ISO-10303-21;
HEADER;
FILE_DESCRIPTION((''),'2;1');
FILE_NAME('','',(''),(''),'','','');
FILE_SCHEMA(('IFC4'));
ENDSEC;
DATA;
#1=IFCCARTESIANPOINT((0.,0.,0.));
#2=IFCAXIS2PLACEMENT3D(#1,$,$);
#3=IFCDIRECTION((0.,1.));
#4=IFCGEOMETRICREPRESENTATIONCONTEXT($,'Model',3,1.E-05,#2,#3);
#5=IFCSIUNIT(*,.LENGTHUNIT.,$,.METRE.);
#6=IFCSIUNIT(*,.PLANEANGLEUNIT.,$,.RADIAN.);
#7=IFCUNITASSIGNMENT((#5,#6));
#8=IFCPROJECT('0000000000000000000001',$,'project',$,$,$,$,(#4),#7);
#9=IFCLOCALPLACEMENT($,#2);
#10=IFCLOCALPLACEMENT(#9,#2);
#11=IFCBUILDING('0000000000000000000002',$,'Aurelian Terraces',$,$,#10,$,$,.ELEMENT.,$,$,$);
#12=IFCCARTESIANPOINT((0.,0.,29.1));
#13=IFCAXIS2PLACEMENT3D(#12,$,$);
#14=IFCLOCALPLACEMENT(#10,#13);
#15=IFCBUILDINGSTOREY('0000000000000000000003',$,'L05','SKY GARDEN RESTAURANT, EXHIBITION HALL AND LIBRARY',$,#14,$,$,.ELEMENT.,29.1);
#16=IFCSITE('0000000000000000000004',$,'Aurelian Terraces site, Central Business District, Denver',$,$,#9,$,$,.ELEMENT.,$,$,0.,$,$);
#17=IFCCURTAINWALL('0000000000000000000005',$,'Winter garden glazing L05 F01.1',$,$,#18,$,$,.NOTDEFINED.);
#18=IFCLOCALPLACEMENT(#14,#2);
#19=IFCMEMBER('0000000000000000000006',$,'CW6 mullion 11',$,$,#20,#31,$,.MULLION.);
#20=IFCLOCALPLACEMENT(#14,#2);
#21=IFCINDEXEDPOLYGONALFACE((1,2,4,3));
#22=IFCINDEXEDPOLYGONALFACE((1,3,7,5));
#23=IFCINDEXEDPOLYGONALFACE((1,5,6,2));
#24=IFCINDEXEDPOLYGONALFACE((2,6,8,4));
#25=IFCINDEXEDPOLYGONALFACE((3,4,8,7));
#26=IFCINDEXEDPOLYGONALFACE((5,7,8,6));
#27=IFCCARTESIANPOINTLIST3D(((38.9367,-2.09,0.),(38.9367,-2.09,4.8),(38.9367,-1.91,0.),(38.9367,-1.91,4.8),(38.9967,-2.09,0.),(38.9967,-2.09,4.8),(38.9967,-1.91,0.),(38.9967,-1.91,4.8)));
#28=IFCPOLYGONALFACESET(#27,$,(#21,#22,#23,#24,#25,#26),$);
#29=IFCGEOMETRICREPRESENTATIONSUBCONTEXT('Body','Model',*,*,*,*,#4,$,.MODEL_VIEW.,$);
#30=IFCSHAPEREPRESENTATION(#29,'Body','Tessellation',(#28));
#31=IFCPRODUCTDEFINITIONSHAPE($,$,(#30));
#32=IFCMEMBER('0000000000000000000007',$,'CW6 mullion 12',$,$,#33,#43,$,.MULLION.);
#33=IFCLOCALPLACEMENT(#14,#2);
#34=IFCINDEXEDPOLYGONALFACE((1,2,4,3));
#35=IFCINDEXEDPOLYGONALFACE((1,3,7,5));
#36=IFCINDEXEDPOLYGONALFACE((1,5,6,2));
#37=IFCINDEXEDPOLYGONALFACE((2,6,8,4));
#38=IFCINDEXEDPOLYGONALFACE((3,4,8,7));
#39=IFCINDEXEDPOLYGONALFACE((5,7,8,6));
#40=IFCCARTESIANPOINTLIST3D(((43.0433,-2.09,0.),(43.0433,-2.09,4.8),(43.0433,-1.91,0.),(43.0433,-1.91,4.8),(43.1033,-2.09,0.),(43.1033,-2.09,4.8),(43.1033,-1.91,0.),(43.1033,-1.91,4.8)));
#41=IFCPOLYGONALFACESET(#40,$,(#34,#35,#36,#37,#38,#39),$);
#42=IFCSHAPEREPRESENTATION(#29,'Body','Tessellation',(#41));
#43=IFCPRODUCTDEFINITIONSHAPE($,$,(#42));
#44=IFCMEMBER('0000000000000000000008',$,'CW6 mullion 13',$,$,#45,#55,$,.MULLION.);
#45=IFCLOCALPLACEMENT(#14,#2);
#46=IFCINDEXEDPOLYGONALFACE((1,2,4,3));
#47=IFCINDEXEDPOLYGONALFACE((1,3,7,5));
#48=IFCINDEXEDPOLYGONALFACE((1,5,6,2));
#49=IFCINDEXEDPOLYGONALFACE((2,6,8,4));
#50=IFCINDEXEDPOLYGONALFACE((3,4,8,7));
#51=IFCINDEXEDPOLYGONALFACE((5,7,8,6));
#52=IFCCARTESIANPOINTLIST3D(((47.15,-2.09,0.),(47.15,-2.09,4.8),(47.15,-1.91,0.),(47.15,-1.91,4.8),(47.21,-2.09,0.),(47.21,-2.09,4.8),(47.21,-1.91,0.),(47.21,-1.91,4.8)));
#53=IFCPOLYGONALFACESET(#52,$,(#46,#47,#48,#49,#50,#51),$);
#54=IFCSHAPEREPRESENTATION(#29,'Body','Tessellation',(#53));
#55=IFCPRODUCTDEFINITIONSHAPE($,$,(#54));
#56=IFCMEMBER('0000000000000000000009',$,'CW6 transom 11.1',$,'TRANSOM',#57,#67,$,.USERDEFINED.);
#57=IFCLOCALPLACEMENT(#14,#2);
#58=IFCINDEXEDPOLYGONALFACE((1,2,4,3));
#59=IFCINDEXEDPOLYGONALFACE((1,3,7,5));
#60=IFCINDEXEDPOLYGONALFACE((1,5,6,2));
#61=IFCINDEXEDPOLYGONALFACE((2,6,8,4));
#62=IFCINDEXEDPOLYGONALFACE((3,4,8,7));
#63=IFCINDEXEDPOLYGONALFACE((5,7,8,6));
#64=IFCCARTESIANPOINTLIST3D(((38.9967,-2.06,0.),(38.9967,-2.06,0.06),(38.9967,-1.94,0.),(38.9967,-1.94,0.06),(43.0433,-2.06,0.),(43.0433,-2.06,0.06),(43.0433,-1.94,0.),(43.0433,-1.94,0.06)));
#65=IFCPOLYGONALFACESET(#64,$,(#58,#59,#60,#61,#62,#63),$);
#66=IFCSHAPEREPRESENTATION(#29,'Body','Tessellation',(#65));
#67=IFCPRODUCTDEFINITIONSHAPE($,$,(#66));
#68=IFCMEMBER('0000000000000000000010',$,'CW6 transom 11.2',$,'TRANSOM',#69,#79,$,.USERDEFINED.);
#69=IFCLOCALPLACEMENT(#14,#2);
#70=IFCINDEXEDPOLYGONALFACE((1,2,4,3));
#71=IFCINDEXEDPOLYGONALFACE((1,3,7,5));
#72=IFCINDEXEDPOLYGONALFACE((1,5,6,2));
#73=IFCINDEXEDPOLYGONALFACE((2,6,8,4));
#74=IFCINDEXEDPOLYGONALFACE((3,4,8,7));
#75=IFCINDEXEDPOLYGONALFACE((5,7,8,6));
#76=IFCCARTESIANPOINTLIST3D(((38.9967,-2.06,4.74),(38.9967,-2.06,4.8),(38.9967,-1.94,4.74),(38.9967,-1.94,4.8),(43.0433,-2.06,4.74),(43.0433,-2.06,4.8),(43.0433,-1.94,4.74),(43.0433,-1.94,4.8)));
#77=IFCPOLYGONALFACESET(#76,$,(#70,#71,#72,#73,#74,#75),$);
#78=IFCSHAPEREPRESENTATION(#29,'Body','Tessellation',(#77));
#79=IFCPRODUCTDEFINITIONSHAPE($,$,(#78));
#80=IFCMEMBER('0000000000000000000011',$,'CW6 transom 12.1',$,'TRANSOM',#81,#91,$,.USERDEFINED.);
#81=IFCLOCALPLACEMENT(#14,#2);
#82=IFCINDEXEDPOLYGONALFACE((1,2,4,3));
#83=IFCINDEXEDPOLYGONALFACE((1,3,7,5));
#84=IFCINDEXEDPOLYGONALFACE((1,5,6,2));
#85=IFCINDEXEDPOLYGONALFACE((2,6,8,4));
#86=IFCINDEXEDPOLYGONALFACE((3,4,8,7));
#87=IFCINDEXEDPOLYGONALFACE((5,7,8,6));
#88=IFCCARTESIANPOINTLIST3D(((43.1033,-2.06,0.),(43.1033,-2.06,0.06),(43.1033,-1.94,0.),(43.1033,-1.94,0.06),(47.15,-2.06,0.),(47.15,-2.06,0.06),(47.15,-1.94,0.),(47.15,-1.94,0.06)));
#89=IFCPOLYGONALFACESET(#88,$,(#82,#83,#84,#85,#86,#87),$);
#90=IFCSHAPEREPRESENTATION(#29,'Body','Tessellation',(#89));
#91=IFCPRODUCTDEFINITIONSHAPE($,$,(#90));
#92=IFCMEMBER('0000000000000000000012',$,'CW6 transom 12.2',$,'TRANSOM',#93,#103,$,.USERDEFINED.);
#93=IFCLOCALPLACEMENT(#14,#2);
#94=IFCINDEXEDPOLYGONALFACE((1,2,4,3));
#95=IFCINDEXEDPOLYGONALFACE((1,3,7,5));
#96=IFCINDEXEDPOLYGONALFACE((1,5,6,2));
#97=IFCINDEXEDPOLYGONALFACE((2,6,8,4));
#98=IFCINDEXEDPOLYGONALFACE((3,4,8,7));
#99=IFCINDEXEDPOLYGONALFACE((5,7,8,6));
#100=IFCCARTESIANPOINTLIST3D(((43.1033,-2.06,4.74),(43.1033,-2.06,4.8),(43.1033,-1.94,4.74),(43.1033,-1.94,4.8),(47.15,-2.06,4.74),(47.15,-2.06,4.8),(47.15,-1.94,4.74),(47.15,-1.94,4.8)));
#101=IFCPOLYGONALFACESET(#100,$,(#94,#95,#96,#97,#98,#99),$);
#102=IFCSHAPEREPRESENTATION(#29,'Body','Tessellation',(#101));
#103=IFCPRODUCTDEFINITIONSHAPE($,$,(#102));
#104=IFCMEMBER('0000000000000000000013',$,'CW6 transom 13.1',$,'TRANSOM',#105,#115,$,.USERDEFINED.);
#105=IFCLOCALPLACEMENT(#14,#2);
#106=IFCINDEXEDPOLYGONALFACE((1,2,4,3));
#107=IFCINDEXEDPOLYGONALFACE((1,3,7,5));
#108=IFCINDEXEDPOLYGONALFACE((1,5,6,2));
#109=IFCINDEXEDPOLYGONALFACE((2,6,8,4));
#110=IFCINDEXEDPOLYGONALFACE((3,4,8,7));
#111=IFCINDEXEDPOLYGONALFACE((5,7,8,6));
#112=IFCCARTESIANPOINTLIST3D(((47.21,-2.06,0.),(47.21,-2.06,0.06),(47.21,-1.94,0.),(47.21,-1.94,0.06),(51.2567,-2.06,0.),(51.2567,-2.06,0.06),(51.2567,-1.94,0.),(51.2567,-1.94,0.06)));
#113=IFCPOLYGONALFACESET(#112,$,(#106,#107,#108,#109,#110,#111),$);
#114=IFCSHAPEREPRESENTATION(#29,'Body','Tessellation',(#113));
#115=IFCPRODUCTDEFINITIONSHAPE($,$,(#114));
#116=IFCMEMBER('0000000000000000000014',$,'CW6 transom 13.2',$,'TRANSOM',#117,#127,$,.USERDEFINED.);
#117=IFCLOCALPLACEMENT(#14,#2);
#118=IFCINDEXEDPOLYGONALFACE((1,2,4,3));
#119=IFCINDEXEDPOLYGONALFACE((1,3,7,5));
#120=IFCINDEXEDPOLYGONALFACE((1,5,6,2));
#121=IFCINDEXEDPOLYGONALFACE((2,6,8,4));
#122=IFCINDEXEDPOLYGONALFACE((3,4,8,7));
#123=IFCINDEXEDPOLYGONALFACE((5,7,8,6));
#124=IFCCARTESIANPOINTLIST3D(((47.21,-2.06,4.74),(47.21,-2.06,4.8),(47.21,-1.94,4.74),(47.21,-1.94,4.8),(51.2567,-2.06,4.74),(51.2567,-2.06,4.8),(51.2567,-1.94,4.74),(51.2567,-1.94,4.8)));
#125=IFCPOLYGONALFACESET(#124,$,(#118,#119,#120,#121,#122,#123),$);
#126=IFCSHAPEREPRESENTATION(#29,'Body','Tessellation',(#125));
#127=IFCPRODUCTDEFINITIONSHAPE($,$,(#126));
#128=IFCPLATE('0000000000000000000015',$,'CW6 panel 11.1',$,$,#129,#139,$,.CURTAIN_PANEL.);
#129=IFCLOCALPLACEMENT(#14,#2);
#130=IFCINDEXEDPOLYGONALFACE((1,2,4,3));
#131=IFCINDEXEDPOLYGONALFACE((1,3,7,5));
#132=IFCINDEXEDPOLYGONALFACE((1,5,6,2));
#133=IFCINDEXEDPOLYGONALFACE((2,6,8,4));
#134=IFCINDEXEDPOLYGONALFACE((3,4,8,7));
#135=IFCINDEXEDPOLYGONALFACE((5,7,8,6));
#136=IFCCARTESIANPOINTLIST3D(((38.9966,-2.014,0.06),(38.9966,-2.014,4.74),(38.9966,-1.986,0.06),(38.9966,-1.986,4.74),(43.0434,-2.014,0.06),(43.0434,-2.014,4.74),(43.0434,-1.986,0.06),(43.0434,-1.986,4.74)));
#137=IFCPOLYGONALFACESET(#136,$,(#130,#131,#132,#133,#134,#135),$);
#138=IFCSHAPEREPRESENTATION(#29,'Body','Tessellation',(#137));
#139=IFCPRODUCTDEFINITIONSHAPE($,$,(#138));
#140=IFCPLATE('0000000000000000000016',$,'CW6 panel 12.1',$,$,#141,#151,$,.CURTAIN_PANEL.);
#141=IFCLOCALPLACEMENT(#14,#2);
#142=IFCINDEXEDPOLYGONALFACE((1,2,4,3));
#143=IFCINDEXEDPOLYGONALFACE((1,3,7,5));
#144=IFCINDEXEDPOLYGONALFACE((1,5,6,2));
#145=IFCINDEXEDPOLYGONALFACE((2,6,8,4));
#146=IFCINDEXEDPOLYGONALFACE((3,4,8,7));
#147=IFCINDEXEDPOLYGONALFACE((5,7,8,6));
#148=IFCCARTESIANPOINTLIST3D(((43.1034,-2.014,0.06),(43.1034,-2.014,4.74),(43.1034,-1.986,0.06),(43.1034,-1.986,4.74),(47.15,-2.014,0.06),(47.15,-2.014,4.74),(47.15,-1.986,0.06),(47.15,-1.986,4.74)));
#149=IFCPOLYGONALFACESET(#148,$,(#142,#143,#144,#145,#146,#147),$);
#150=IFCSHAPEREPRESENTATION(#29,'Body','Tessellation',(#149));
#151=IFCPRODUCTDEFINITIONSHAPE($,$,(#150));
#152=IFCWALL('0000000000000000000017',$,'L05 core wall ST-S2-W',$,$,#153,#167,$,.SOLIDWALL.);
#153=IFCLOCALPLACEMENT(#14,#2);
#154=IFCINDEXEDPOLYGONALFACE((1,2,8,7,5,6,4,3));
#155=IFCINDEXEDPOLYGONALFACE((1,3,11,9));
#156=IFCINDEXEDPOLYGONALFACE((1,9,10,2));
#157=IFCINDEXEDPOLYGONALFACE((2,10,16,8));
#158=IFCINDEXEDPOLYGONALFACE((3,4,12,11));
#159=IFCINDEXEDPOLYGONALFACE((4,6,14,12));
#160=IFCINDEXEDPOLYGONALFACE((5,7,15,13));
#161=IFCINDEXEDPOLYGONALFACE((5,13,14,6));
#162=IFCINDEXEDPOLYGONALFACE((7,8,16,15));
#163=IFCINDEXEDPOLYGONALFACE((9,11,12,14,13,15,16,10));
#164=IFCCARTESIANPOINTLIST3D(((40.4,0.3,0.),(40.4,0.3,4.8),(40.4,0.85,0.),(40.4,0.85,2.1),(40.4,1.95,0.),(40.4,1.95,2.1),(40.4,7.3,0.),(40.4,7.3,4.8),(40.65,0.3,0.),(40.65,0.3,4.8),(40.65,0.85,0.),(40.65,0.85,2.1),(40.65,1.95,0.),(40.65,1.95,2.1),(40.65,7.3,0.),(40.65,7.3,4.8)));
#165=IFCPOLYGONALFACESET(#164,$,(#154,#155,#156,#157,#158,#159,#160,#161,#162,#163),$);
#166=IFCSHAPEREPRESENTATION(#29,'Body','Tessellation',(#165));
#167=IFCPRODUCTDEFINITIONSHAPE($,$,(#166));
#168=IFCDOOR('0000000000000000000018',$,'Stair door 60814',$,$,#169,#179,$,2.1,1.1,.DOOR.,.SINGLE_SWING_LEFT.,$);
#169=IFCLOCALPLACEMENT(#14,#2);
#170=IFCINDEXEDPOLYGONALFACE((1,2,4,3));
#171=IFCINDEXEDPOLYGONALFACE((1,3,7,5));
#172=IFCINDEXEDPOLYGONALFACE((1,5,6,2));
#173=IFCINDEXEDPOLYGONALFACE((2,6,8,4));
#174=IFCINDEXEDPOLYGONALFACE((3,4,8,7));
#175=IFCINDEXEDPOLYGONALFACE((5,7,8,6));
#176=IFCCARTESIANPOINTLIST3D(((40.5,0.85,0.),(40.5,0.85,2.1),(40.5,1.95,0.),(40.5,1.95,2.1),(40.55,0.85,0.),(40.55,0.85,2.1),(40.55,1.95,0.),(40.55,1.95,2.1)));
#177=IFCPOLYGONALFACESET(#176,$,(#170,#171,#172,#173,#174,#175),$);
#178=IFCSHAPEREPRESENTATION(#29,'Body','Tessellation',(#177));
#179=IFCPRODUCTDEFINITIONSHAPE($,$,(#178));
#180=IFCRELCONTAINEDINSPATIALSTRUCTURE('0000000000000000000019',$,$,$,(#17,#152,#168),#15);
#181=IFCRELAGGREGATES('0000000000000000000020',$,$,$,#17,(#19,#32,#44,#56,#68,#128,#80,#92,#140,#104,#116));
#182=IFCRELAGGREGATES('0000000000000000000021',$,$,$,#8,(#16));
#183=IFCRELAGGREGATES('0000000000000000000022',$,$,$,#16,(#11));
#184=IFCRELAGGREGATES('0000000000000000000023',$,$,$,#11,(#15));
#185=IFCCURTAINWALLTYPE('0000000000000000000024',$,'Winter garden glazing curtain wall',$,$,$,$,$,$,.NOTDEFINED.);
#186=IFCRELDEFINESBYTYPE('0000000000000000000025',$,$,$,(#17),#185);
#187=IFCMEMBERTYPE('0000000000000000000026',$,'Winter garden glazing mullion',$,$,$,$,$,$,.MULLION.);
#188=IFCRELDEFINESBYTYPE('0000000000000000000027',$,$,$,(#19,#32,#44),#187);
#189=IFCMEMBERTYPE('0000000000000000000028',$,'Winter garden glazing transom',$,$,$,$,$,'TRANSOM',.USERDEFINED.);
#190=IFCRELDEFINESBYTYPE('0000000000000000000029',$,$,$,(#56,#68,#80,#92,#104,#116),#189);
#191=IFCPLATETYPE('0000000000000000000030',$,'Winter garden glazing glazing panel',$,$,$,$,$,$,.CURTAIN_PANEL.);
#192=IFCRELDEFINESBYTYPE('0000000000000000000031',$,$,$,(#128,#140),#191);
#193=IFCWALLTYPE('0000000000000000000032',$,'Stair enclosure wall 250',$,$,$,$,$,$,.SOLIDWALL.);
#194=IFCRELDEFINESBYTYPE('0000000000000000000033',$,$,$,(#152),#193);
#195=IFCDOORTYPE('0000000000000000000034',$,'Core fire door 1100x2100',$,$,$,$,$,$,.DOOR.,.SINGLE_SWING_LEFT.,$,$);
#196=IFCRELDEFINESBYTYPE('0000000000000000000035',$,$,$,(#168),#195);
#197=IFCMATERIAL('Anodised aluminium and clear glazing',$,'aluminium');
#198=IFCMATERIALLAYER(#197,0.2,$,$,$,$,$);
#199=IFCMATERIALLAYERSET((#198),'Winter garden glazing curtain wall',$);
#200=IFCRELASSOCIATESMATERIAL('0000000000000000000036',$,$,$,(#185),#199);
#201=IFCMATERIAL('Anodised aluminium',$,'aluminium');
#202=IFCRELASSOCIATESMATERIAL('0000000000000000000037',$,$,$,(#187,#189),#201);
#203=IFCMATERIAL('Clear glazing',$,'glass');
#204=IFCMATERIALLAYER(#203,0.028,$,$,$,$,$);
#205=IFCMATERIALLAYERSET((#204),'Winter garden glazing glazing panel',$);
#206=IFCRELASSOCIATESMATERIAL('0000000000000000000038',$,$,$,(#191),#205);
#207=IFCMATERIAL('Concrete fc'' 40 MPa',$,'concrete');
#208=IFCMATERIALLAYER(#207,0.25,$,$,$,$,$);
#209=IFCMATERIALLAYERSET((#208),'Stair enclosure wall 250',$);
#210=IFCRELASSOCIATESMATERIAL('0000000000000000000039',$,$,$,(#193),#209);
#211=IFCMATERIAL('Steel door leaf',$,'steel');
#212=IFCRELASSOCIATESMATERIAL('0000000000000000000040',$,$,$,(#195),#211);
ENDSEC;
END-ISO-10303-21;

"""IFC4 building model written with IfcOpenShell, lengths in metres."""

from ifc_helpers import new_model, si_unit, direction, frame, frame_2d, origin, origin_2d, place, context, subcontext, project, spatial, rectangle, extrude, source, transform, mapped, material, layer, layer_set, material_profile, profile_set, type_object, element, fill, aggregate, save


model = new_model("IFC4")

# Units and contexts
model_context = context("Model", 3, precision=1e-05, world=origin(), true_north=direction((0.0, 1.0)))
body_context = subcontext(model_context, "Body", "Model", "MODEL_VIEW")
ifc_project = project(units=[si_unit("LENGTHUNIT", "METRE"), si_unit("PLANEANGLEUNIT", "RADIAN")], contexts=[model_context])

# Site, building, storey
site_placement = place(None, origin())
site = spatial("IfcSite", under=ifc_project, at=site_placement, Name="Aurelian Terraces site, Central Business District, Denver", CompositionType="ELEMENT", RefElevation=0.0)
building_placement = place(site_placement, origin())
building = spatial("IfcBuilding", under=site, at=building_placement, Name="Aurelian Terraces", CompositionType="ELEMENT")
storey_placement = place(building_placement, frame((0.0, 0.0, 29.1)))
storey = spatial("IfcBuildingStorey", under=building, at=storey_placement, Name="L05", Description="SKY GARDEN RESTAURANT, EXHIBITION HALL AND LIBRARY", CompositionType="ELEMENT", Elevation=29.1)

# Curtain wall, members, plates
ifc_material_1 = material(Name="Anodised aluminium and clear glazing", Category="aluminium")
ifc_layer_1 = layer(ifc_material_1, 0.2)
ifc_layer_set_1 = layer_set([ifc_layer_1], Name="Winter garden glazing curtain wall")
curtain_wall_type = type_object("IfcCurtainWallType", Name="Winter garden glazing curtain wall", PredefinedType="NOTDEFINED", material=ifc_layer_set_1)
curtain_wall_placement = place(storey_placement, origin())
curtain_wall = element("IfcCurtainWall", 1, at=curtain_wall_placement, inside=storey, type_object=curtain_wall_type, Name="Winter garden glazing L05 F01.1", PredefinedType="NOTDEFINED")
ifc_material_2 = material(Name="Anodised aluminium", Category="aluminium")
ifc_material_profile_1 = material_profile(ifc_material_2, rectangle(XDim=0.18, YDim=0.06, at=origin_2d()))
ifc_profile_set_1 = profile_set([ifc_material_profile_1], Name="Anodised aluminium")
member_type_1 = type_object("IfcMemberType", Name="Winter garden glazing mullion", PredefinedType="MULLION", material=ifc_profile_set_1)
shared_shape_1 = source(origin(), body_context, "Body", "SweptSolid", [
    extrude(rectangle(XDim=0.18, YDim=0.06, at=origin_2d()), origin(), (0.0, 0.0, 1.0), 4.8),
])
member_1_placement = place(storey_placement, frame((38.9667, -2.0, 0.0), z_axis=(0.0, 0.0, 1.0), x_axis=(0.0, 1.0, 0.0)))
member_1 = element("IfcMember", 2, at=member_1_placement, type_object=member_type_1, Name="CW6 mullion 11", PredefinedType="MULLION", context=body_context, shape_type="MappedRepresentation", body=[
    mapped(shared_shape_1, transform((0.0, 0.0, 0.0), scale=1.0)),
])
member_2_placement = place(storey_placement, frame((43.0733, -2.0, 0.0), z_axis=(0.0, 0.0, 1.0), x_axis=(0.0, 1.0, 0.0)))
member_2 = element("IfcMember", 3, at=member_2_placement, type_object=member_type_1, Name="CW6 mullion 12", PredefinedType="MULLION", context=body_context, shape_type="MappedRepresentation", body=[
    mapped(shared_shape_1, transform((0.0, 0.0, 0.0), scale=1.0)),
])
member_3_placement = place(storey_placement, frame((47.18, -2.0, 0.0), z_axis=(0.0, 0.0, 1.0), x_axis=(0.0, 1.0, 0.0)))
member_3 = element("IfcMember", 4, at=member_3_placement, type_object=member_type_1, Name="CW6 mullion 13", PredefinedType="MULLION", context=body_context, shape_type="MappedRepresentation", body=[
    mapped(shared_shape_1, transform((0.0, 0.0, 0.0), scale=1.0)),
])
ifc_material_profile_2 = material_profile(ifc_material_2, rectangle(XDim=0.12, YDim=0.06, at=origin_2d()))
ifc_profile_set_2 = profile_set([ifc_material_profile_2], Name="Anodised aluminium")
member_type_2 = type_object("IfcMemberType", Name="Winter garden glazing transom", ElementType="TRANSOM", PredefinedType="USERDEFINED", material=ifc_profile_set_2)
shared_shape_2 = source(origin(), body_context, "Body", "SweptSolid", [
    extrude(rectangle(XDim=0.12, YDim=0.06, at=origin_2d()), origin(), (0.0, 0.0, 1.0), 4.0466),
])
member_4_placement = place(storey_placement, frame((38.9967, -2.0, 0.03), z_axis=(1.0, 0.0, 0.0), x_axis=(0.0, 1.0, 0.0)))
member_4 = element("IfcMember", 5, at=member_4_placement, type_object=member_type_2, Name="CW6 transom 11.1", ObjectType="TRANSOM", PredefinedType="USERDEFINED", context=body_context, shape_type="MappedRepresentation", body=[
    mapped(shared_shape_2, transform((0.0, 0.0, 0.0), scale=1.0)),
])
member_5_placement = place(storey_placement, frame((38.9967, -2.0, 4.77), z_axis=(1.0, 0.0, 0.0), x_axis=(0.0, 1.0, 0.0)))
member_5 = element("IfcMember", 6, at=member_5_placement, type_object=member_type_2, Name="CW6 transom 11.2", ObjectType="TRANSOM", PredefinedType="USERDEFINED", context=body_context, shape_type="MappedRepresentation", body=[
    mapped(shared_shape_2, transform((0.0, 0.0, 0.0), scale=1.0)),
])
shared_shape_3 = source(origin(), body_context, "Body", "SweptSolid", [
    extrude(rectangle(XDim=0.12, YDim=0.06, at=origin_2d()), origin(), (0.0, 0.0, 1.0), 4.0467),
])
member_6_placement = place(storey_placement, frame((43.1033, -2.0, 0.03), z_axis=(1.0, 0.0, 0.0), x_axis=(0.0, 1.0, 0.0)))
member_6 = element("IfcMember", 7, at=member_6_placement, type_object=member_type_2, Name="CW6 transom 12.1", ObjectType="TRANSOM", PredefinedType="USERDEFINED", context=body_context, shape_type="MappedRepresentation", body=[
    mapped(shared_shape_3, transform((0.0, 0.0, 0.0), scale=1.0)),
])
member_7_placement = place(storey_placement, frame((43.1033, -2.0, 4.77), z_axis=(1.0, 0.0, 0.0), x_axis=(0.0, 1.0, 0.0)))
member_7 = element("IfcMember", 8, at=member_7_placement, type_object=member_type_2, Name="CW6 transom 12.2", ObjectType="TRANSOM", PredefinedType="USERDEFINED", context=body_context, shape_type="MappedRepresentation", body=[
    mapped(shared_shape_3, transform((0.0, 0.0, 0.0), scale=1.0)),
])
member_8_placement = place(storey_placement, frame((47.21, -2.0, 0.03), z_axis=(1.0, 0.0, 0.0), x_axis=(0.0, 1.0, 0.0)))
member_8 = element("IfcMember", 9, at=member_8_placement, type_object=member_type_2, Name="CW6 transom 13.1", ObjectType="TRANSOM", PredefinedType="USERDEFINED", context=body_context, shape_type="MappedRepresentation", body=[
    mapped(shared_shape_3, transform((0.0, 0.0, 0.0), scale=1.0)),
])
member_9_placement = place(storey_placement, frame((47.21, -2.0, 4.77), z_axis=(1.0, 0.0, 0.0), x_axis=(0.0, 1.0, 0.0)))
member_9 = element("IfcMember", 10, at=member_9_placement, type_object=member_type_2, Name="CW6 transom 13.2", ObjectType="TRANSOM", PredefinedType="USERDEFINED", context=body_context, shape_type="MappedRepresentation", body=[
    mapped(shared_shape_3, transform((0.0, 0.0, 0.0), scale=1.0)),
])
ifc_material_3 = material(Name="Clear glazing", Category="glass")
ifc_layer_2 = layer(ifc_material_3, 0.028)
ifc_layer_set_2 = layer_set([ifc_layer_2], Name="Winter garden glazing glazing panel")
plate_type = type_object("IfcPlateType", Name="Winter garden glazing glazing panel", PredefinedType="CURTAIN_PANEL", material=ifc_layer_set_2)
shared_shape_4 = source(origin(), body_context, "Body", "SweptSolid", [
    extrude(rectangle(XDim=4.0467, YDim=0.028, at=origin_2d()), origin(), (0.0, 0.0, 1.0), 4.68),
])
plate_1_placement = place(storey_placement, frame((41.02, -2.0, 0.06), z_axis=(0.0, 0.0, 1.0), x_axis=(1.0, 0.0, 0.0)))
plate_1 = element("IfcPlate", 11, at=plate_1_placement, type_object=plate_type, Name="CW6 panel 11.1", PredefinedType="CURTAIN_PANEL", context=body_context, shape_type="MappedRepresentation", body=[
    mapped(shared_shape_4, transform((0.0, 0.0, 0.0), scale=1.0)),
])
plate_2_placement = place(storey_placement, frame((45.1267, -2.0, 0.06), z_axis=(0.0, 0.0, 1.0), x_axis=(1.0, 0.0, 0.0)))
plate_2 = element("IfcPlate", 12, at=plate_2_placement, type_object=plate_type, Name="CW6 panel 12.1", PredefinedType="CURTAIN_PANEL", context=body_context, shape_type="MappedRepresentation", body=[
    mapped(shared_shape_4, transform((0.0, 0.0, 0.0), scale=1.0)),
])
aggregate(curtain_wall, [member_1, member_2, member_3, member_4, member_5, plate_1, member_6, member_7, plate_2, member_8, member_9])

# Wall, opening, door
ifc_material_4 = material(Name="Concrete fc' 40 MPa", Category="concrete")
ifc_layer_3 = layer(ifc_material_4, 0.25)
ifc_layer_set_3 = layer_set([ifc_layer_3], Name="Stair enclosure wall 250")
wall_type_1 = type_object("IfcWallType", Name="Stair enclosure wall 250", PredefinedType="SOLIDWALL", material=ifc_layer_set_3)
shared_shape_5 = source(origin(), body_context, "Body", "SweptSolid", [
    extrude(rectangle(XDim=7.0, YDim=0.25, at=frame_2d((3.5, 0.0))), origin(), (0.0, 0.0, 1.0), 4.8),
])
wall_1_placement = place(storey_placement, frame((40.525, 0.3, 0.0), z_axis=(0.0, 0.0, 1.0), x_axis=(0.0, 1.0, 0.0)))
wall_1 = element("IfcWall", 13, at=wall_1_placement, inside=storey, type_object=wall_type_1, Name="L05 core wall ST-S2-W", PredefinedType="SOLIDWALL", context=body_context, shape_type="MappedRepresentation", body=[
    mapped(shared_shape_5, transform((0.0, 0.0, 0.0), scale=1.0)),
])
shared_shape_6 = source(origin(), body_context, "Body", "SweptSolid", [
    extrude(rectangle(XDim=1.1, YDim=2.1, at=frame_2d((0.55, 1.05))), frame((0.0, 0.135, 0.0), z_axis=(0.0, -1.0, 0.0), x_axis=(1.0, 0.0, 0.0)), (0.0, 0.0, 1.0), 0.27),
])
opening_1_placement = place(wall_1_placement, frame((0.55, 0.0, 0.0)))
opening_1 = element("IfcOpeningElement", 14, at=opening_1_placement, cuts=wall_1, PredefinedType="OPENING", context=body_context, shape_type="MappedRepresentation", body=[
    mapped(shared_shape_6, transform((0.0, 0.0, 0.0), scale=1.0)),
])
ifc_material_5 = material(Name="Steel door leaf", Category="steel")
door_type_1 = type_object("IfcDoorType", Name="Core fire door 1100x2100", OperationType="SINGLE_SWING_LEFT", PredefinedType="DOOR", material=ifc_material_5)
shared_shape_7 = source(origin(), body_context, "Body", "SweptSolid", [
    extrude(rectangle(XDim=1.1, YDim=2.1, at=frame_2d((0.55, 1.05))), frame((0.0, 0.025, 0.0), z_axis=(0.0, -1.0, 0.0), x_axis=(1.0, 0.0, 0.0)), (0.0, 0.0, 1.0), 0.05),
])
door_1_placement = place(opening_1_placement, origin())
door_1 = element("IfcDoor", 15, at=door_1_placement, inside=storey, type_object=door_type_1, Name="Stair door 60814", OperationType="SINGLE_SWING_LEFT", OverallHeight=2.1, OverallWidth=1.1, PredefinedType="DOOR", context=body_context, shape_type="MappedRepresentation", body=[
    mapped(shared_shape_7, transform((0.0, 0.0, 0.0), scale=1.0)),
])
fill(opening_1, door_1)

save(model, "model.ifc")
